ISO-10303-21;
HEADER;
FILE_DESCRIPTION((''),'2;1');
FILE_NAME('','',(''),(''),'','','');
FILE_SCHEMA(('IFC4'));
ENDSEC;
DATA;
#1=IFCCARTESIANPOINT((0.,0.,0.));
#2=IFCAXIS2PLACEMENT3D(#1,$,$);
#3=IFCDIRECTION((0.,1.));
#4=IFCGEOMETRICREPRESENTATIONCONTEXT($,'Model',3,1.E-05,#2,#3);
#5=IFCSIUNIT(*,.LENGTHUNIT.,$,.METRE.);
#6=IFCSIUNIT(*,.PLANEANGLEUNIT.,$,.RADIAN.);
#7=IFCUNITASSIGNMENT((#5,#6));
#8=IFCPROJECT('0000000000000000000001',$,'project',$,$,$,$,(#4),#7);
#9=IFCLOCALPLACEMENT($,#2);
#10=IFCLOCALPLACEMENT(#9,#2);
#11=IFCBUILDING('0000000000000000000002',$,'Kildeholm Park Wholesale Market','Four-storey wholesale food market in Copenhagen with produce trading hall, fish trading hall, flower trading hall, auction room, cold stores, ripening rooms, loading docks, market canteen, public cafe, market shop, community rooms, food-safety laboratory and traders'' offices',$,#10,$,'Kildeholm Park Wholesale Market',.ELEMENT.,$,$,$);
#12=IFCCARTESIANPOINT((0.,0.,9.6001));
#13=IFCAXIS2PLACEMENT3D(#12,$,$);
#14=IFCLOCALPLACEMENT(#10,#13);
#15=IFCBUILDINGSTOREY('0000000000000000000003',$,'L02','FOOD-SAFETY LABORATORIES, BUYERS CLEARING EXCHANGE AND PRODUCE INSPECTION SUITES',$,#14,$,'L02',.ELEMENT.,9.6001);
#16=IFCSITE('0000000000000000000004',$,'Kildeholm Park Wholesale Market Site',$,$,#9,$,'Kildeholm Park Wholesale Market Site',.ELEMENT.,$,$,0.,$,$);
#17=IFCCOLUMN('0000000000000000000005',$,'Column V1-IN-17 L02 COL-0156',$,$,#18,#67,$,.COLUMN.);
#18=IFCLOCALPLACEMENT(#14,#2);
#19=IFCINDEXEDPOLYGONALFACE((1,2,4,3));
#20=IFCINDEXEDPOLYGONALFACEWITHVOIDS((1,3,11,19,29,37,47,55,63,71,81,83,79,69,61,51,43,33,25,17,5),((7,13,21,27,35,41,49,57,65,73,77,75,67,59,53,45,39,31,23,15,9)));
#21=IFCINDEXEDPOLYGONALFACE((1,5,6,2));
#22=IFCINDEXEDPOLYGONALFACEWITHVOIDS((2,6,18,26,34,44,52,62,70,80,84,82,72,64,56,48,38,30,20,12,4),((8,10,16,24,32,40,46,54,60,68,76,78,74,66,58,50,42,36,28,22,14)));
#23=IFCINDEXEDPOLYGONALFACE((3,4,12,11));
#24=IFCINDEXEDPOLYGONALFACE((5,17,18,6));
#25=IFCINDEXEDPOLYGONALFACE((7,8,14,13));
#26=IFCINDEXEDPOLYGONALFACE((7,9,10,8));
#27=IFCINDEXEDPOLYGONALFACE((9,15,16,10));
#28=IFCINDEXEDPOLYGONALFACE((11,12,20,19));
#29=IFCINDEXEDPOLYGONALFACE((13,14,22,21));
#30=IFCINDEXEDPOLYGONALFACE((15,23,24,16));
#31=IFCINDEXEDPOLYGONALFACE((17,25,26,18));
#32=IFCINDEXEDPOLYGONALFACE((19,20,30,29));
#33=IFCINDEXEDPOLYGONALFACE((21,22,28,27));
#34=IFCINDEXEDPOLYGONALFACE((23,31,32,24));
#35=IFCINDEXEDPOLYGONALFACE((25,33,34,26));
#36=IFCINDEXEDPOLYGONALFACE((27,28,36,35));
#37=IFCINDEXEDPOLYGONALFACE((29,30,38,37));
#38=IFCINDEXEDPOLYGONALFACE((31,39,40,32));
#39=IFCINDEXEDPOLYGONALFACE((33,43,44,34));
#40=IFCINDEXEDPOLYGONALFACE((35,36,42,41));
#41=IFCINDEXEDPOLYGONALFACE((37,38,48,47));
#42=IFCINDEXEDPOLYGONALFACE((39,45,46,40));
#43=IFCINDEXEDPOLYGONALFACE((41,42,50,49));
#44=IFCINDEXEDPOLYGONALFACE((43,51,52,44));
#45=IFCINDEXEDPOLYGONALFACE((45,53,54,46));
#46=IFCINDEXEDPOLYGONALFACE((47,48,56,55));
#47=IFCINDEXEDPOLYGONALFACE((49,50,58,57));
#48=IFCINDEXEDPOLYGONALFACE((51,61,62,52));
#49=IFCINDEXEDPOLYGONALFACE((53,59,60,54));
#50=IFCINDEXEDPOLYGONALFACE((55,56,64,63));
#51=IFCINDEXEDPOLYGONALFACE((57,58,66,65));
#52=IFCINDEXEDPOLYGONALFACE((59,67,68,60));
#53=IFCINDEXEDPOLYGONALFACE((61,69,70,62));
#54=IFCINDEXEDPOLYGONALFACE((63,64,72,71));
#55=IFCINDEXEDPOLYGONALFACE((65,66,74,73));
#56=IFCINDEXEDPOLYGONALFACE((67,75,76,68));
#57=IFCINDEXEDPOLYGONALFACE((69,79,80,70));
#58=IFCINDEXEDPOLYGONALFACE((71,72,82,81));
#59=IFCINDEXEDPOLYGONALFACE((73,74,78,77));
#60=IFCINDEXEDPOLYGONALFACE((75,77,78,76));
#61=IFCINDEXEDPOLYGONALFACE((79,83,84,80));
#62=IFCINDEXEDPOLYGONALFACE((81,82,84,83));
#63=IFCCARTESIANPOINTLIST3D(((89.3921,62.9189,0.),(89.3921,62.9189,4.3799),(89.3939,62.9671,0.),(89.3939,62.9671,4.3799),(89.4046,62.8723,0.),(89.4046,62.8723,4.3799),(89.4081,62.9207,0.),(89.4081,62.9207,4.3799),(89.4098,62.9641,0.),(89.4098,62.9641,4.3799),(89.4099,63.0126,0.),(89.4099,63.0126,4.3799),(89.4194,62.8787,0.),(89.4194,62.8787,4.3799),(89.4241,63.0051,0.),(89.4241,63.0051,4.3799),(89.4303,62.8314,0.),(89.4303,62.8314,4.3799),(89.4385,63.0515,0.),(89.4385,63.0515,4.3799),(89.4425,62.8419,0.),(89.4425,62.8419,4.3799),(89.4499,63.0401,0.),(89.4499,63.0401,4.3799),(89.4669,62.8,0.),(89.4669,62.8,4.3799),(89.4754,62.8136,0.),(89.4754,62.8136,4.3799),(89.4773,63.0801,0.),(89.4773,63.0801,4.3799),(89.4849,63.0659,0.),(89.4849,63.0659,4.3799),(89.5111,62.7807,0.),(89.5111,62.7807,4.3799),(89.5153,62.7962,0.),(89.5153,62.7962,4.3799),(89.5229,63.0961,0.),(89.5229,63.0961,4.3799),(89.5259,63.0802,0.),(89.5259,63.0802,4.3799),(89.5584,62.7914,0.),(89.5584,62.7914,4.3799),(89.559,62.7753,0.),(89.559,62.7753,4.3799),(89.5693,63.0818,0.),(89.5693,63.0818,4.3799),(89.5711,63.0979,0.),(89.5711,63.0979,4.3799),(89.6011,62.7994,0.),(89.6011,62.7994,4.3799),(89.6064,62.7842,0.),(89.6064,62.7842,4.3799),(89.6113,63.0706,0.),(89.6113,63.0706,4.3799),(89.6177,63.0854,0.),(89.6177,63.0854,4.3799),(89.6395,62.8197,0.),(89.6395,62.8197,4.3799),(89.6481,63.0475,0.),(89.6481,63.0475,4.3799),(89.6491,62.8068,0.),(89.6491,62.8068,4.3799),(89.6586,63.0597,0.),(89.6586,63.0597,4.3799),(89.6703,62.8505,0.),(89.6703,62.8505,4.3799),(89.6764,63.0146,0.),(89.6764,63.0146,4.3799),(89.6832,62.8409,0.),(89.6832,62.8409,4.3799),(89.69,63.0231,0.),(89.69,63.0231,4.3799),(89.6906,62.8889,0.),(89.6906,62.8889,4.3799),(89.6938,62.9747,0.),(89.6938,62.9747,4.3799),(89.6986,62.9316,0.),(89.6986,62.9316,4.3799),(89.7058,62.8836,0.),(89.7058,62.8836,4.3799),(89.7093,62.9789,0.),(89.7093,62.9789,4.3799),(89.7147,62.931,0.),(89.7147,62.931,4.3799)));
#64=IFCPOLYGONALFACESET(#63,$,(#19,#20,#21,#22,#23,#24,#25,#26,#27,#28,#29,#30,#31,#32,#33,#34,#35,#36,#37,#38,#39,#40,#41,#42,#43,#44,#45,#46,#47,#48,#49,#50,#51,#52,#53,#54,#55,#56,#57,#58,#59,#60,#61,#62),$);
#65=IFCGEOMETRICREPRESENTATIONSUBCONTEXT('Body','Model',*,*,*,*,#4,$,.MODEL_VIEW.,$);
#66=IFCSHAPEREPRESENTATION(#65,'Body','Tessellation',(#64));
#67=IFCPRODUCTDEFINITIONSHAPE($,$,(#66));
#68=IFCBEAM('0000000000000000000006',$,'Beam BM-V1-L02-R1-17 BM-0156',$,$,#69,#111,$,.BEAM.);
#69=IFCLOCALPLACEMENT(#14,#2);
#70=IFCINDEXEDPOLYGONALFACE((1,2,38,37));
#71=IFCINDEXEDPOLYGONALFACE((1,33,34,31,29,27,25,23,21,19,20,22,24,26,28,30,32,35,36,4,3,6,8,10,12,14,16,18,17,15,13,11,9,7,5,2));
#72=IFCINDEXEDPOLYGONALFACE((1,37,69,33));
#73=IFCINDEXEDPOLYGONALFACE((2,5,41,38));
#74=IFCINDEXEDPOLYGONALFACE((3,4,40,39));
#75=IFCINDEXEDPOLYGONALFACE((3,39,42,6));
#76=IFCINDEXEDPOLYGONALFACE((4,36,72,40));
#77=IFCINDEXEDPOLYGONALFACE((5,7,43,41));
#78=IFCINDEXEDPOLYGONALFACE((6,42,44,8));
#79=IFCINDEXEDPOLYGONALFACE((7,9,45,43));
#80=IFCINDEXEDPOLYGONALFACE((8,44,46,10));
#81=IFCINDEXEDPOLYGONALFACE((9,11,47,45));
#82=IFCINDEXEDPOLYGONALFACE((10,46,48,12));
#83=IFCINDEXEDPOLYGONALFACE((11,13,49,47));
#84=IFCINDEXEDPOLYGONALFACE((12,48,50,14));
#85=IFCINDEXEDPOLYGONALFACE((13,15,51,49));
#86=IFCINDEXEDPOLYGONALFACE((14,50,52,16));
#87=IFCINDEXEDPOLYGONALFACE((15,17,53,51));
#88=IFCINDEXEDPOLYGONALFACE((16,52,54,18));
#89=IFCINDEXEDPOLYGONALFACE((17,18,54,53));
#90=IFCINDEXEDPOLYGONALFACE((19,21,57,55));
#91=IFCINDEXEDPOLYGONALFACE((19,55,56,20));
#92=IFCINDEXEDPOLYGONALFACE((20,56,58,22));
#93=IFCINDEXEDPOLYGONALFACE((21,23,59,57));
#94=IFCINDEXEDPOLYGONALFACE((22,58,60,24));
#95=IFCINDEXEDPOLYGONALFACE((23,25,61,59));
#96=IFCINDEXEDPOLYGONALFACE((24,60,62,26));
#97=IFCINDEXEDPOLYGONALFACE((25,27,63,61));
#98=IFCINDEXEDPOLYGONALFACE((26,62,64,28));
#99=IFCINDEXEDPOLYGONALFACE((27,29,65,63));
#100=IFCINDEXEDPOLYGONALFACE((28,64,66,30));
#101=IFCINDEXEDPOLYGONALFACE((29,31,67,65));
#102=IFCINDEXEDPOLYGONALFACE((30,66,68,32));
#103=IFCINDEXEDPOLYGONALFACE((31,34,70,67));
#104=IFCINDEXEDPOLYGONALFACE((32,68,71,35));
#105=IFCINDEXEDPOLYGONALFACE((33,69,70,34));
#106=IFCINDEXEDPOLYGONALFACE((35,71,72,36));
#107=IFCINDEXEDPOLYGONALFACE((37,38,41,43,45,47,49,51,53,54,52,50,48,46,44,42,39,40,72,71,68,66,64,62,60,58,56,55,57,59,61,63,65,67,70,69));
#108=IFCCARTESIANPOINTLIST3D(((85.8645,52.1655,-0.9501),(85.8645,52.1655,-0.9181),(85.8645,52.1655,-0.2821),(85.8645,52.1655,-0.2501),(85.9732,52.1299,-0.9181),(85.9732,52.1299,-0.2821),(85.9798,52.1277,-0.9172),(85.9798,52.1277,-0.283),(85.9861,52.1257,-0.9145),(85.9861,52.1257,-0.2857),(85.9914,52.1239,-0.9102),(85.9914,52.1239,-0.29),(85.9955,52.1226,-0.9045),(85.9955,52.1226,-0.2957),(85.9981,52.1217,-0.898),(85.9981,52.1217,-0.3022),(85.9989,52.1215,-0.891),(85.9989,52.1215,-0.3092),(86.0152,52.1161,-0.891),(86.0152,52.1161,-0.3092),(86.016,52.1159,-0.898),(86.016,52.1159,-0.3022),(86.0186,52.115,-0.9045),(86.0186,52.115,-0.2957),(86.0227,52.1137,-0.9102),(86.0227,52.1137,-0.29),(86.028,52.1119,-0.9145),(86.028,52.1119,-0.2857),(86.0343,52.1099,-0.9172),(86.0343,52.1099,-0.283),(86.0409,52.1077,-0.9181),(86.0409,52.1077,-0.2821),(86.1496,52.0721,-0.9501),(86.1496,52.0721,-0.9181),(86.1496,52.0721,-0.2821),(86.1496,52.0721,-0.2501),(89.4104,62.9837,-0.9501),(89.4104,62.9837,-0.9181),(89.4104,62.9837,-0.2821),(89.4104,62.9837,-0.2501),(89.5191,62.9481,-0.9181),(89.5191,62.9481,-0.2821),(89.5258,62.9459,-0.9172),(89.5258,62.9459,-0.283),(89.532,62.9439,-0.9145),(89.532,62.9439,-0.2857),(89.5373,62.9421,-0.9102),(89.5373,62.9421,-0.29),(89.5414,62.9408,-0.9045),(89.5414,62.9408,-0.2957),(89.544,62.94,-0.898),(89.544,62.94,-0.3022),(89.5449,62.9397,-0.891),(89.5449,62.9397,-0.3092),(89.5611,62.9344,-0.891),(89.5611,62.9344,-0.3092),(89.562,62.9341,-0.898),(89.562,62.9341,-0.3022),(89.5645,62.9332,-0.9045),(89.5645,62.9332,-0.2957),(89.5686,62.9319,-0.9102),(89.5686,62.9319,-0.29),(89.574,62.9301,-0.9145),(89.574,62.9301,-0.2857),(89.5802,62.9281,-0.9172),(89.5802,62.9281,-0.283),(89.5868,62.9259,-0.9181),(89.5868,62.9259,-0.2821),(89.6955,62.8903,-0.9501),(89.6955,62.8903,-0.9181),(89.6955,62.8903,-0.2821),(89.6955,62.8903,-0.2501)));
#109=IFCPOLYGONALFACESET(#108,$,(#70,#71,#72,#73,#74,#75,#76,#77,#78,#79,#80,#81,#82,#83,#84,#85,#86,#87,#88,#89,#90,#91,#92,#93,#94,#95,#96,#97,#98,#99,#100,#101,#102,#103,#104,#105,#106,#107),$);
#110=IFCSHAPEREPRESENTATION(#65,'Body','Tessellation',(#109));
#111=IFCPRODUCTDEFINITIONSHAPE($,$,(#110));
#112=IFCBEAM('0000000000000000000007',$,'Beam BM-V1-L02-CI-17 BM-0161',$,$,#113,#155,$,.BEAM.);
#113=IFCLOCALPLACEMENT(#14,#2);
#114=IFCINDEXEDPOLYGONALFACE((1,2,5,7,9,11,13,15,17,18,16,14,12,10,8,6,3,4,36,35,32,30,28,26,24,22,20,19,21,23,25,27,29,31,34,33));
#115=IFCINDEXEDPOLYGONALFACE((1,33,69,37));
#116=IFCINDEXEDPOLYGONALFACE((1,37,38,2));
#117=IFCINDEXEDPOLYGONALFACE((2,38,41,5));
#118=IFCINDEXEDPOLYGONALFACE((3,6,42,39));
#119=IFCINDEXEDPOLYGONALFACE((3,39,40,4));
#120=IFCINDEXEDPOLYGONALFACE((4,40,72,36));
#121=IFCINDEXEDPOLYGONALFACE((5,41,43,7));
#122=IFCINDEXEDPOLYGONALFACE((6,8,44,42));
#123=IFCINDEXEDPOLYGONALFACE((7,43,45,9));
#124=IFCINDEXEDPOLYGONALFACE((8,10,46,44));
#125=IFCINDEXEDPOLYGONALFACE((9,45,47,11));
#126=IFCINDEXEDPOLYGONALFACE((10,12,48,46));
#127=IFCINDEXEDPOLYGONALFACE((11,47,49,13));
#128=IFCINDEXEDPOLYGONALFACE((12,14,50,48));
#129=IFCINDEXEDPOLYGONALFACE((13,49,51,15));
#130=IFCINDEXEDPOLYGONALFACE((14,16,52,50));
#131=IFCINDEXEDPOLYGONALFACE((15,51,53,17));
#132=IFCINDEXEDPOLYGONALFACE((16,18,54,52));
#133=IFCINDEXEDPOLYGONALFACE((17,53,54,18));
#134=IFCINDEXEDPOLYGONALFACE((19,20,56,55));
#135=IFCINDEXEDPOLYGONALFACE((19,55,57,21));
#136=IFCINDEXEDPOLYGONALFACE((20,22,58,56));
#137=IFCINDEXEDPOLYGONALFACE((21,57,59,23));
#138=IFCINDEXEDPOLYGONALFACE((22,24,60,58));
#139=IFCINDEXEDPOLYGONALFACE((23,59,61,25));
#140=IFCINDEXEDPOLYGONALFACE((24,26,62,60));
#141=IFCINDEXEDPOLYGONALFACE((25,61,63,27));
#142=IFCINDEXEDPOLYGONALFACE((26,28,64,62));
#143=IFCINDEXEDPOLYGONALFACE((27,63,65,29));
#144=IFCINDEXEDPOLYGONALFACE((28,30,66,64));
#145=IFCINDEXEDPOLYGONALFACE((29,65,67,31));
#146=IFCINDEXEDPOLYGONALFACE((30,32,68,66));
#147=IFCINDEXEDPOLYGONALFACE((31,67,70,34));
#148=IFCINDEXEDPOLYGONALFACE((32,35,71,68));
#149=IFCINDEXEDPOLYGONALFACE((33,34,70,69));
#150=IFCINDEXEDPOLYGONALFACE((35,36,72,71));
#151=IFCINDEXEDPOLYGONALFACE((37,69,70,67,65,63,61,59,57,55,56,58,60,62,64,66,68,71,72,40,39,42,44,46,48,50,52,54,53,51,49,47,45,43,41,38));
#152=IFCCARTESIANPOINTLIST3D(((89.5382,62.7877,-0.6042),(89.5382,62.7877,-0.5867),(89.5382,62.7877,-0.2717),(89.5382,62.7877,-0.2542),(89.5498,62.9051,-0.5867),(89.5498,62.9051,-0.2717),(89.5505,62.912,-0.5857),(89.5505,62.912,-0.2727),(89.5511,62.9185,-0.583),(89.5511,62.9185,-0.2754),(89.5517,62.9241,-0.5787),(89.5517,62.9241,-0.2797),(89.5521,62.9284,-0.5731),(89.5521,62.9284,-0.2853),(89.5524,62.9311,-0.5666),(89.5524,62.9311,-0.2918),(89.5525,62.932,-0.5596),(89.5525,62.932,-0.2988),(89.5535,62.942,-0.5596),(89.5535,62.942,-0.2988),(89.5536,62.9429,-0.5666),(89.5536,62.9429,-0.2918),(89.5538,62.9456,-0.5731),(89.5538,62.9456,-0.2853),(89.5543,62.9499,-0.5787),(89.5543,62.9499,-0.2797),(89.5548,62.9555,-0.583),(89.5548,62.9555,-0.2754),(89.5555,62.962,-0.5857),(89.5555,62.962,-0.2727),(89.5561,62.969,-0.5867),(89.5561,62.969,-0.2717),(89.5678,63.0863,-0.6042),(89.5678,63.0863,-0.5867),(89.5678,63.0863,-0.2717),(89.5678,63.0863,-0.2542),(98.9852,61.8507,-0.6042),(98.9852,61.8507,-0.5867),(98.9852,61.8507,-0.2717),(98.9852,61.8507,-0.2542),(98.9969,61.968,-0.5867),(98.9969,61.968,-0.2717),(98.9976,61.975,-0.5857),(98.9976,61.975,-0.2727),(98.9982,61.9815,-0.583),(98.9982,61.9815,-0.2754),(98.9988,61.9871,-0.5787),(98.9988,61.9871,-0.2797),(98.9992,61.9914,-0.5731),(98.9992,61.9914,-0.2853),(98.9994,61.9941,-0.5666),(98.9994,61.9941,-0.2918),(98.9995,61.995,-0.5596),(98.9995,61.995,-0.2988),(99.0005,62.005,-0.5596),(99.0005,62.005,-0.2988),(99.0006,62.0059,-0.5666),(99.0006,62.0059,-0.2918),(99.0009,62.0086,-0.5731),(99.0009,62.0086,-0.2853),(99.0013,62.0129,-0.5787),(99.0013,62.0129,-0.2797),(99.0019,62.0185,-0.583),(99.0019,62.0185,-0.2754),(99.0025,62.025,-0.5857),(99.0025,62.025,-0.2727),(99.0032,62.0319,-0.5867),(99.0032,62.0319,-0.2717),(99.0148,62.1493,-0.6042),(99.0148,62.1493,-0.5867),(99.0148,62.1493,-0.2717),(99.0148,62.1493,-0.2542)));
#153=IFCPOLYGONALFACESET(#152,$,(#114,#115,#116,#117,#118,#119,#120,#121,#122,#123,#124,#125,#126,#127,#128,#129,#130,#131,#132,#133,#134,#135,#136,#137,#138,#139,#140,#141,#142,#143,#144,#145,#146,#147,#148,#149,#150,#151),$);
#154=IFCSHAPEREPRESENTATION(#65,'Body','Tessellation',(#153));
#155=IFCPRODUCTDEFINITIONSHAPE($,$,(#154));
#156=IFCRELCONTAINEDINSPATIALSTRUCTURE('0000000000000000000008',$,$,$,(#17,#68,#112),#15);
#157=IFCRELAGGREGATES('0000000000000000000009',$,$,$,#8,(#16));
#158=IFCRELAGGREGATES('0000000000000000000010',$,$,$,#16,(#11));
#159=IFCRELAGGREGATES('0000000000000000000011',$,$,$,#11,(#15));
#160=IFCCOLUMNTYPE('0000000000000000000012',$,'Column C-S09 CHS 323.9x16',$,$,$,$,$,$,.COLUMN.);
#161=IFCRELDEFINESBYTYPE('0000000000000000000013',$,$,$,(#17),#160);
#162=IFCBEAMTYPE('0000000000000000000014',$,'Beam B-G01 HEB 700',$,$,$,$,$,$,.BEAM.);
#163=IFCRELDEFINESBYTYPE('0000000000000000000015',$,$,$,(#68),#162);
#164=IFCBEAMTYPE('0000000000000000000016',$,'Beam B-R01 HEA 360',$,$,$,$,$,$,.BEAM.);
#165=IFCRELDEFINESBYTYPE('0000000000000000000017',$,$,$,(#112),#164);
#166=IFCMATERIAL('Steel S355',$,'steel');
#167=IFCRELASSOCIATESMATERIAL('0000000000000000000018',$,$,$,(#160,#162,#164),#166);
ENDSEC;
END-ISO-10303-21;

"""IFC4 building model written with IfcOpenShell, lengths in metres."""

from ifc_helpers import new_model, si_unit, direction, frame, origin, origin_2d, place, context, subcontext, project, spatial, hollow_circle, i_section, extrude, material, material_profile, profile_set, type_object, element, save


model = new_model("IFC4")

# Units and contexts
model_context = context("Model", 3, precision=1e-05, world=origin(), true_north=direction((0.0, 1.0)))
body_context = subcontext(model_context, "Body", "Model", "MODEL_VIEW")
ifc_project = project(units=[si_unit("LENGTHUNIT", "METRE"), si_unit("PLANEANGLEUNIT", "RADIAN")], contexts=[model_context])

# Site, building, storey
site_placement = place(None, origin())
site = spatial("IfcSite", under=ifc_project, at=site_placement, Name="Kildeholm Park Wholesale Market Site", LongName="Kildeholm Park Wholesale Market Site", CompositionType="ELEMENT", RefElevation=0.0)
building_placement = place(site_placement, origin())
building = spatial("IfcBuilding", under=site, at=building_placement, Name="Kildeholm Park Wholesale Market", Description="Four-storey wholesale food market in Copenhagen with produce trading hall, fish trading hall, flower trading hall, auction room, cold stores, ripening rooms, loading docks, market canteen, public cafe, market shop, community rooms, food-safety laboratory and traders' offices", LongName="Kildeholm Park Wholesale Market", CompositionType="ELEMENT")
storey_placement = place(building_placement, frame((0.0, 0.0, 9.6001)))
storey = spatial("IfcBuildingStorey", under=building, at=storey_placement, Name="L02", Description="FOOD-SAFETY LABORATORIES, BUYERS CLEARING EXCHANGE AND PRODUCE INSPECTION SUITES", LongName="L02", CompositionType="ELEMENT", Elevation=9.6001)

# Column
ifc_material_1 = material(Name="Steel S355", Category="steel")
ifc_material_profile_1 = material_profile(ifc_material_1, hollow_circle(Radius=0.1619, WallThickness=0.0161, at=origin_2d()), Name="CHS 323.9x16")
ifc_profile_set_1 = profile_set([ifc_material_profile_1], Name="Steel S355")
column_type = type_object("IfcColumnType", Name="Column C-S09 CHS 323.9x16", PredefinedType="COLUMN", material=ifc_profile_set_1)
column_placement = place(storey_placement, frame((89.553, 62.937, 0.0), z_axis=(0.0, 0.0, 1.0), x_axis=(-0.258819, -0.965926, 0.0)))
element("IfcColumn", 1, at=column_placement, inside=storey, type_object=column_type, Name="Column V1-IN-17 L02 COL-0156", PredefinedType="COLUMN", context=body_context, shape_type="SweptSolid", body=[
    extrude(hollow_circle(Radius=0.1619, WallThickness=0.0161, at=origin_2d()), origin(), (0.0, 0.0, 1.0), 4.3799),
])

# Beams
ifc_material_profile_2 = material_profile(ifc_material_1, i_section(OverallWidth=0.3, OverallDepth=0.7, WebThickness=0.0171, FlangeThickness=0.032, FilletRadius=0.0271, at=origin_2d()), Name="HEB 700")
ifc_profile_set_2 = profile_set([ifc_material_profile_2], Name="Steel S355")
beam_type_1 = type_object("IfcBeamType", Name="Beam B-G01 HEB 700", PredefinedType="BEAM", material=ifc_profile_set_2)
beam_1_placement = place(storey_placement, frame((89.553, 62.937, -0.6001), z_axis=(-0.311469, -0.950256, 0.0), x_axis=(0.950256, -0.311469, 0.0)))
element("IfcBeam", 2, at=beam_1_placement, inside=storey, type_object=beam_type_1, Name="Beam BM-V1-L02-R1-17 BM-0156", PredefinedType="BEAM", context=body_context, shape_type="SweptSolid", body=[
    extrude(i_section(OverallWidth=0.3, OverallDepth=0.7, WebThickness=0.0171, FlangeThickness=0.032, FilletRadius=0.0271, at=origin_2d()), origin(), (0.0, 0.0, 1.0), 11.3845),
])
ifc_material_profile_3 = material_profile(ifc_material_1, i_section(OverallWidth=0.3, OverallDepth=0.3501, WebThickness=0.01, FlangeThickness=0.0176, FilletRadius=0.0271, at=origin_2d()), Name="HEA 360")
ifc_profile_set_3 = profile_set([ifc_material_profile_3], Name="Steel S355")
beam_type_2 = type_object("IfcBeamType", Name="Beam B-R01 HEA 360", PredefinedType="BEAM", material=ifc_profile_set_3)
beam_2_placement = place(storey_placement, frame((89.553, 62.937, -0.4292), z_axis=(0.995117, -0.098702, 0.0), x_axis=(0.098702, 0.995117, 0.0)))
element("IfcBeam", 3, at=beam_2_placement, inside=storey, type_object=beam_type_2, Name="Beam BM-V1-L02-CI-17 BM-0161", PredefinedType="BEAM", context=body_context, shape_type="SweptSolid", body=[
    extrude(i_section(OverallWidth=0.3, OverallDepth=0.3501, WebThickness=0.01, FlangeThickness=0.0176, FilletRadius=0.0271, at=origin_2d()), origin(), (0.0, 0.0, 1.0), 9.4934),
])

save(model, "model.ifc")
